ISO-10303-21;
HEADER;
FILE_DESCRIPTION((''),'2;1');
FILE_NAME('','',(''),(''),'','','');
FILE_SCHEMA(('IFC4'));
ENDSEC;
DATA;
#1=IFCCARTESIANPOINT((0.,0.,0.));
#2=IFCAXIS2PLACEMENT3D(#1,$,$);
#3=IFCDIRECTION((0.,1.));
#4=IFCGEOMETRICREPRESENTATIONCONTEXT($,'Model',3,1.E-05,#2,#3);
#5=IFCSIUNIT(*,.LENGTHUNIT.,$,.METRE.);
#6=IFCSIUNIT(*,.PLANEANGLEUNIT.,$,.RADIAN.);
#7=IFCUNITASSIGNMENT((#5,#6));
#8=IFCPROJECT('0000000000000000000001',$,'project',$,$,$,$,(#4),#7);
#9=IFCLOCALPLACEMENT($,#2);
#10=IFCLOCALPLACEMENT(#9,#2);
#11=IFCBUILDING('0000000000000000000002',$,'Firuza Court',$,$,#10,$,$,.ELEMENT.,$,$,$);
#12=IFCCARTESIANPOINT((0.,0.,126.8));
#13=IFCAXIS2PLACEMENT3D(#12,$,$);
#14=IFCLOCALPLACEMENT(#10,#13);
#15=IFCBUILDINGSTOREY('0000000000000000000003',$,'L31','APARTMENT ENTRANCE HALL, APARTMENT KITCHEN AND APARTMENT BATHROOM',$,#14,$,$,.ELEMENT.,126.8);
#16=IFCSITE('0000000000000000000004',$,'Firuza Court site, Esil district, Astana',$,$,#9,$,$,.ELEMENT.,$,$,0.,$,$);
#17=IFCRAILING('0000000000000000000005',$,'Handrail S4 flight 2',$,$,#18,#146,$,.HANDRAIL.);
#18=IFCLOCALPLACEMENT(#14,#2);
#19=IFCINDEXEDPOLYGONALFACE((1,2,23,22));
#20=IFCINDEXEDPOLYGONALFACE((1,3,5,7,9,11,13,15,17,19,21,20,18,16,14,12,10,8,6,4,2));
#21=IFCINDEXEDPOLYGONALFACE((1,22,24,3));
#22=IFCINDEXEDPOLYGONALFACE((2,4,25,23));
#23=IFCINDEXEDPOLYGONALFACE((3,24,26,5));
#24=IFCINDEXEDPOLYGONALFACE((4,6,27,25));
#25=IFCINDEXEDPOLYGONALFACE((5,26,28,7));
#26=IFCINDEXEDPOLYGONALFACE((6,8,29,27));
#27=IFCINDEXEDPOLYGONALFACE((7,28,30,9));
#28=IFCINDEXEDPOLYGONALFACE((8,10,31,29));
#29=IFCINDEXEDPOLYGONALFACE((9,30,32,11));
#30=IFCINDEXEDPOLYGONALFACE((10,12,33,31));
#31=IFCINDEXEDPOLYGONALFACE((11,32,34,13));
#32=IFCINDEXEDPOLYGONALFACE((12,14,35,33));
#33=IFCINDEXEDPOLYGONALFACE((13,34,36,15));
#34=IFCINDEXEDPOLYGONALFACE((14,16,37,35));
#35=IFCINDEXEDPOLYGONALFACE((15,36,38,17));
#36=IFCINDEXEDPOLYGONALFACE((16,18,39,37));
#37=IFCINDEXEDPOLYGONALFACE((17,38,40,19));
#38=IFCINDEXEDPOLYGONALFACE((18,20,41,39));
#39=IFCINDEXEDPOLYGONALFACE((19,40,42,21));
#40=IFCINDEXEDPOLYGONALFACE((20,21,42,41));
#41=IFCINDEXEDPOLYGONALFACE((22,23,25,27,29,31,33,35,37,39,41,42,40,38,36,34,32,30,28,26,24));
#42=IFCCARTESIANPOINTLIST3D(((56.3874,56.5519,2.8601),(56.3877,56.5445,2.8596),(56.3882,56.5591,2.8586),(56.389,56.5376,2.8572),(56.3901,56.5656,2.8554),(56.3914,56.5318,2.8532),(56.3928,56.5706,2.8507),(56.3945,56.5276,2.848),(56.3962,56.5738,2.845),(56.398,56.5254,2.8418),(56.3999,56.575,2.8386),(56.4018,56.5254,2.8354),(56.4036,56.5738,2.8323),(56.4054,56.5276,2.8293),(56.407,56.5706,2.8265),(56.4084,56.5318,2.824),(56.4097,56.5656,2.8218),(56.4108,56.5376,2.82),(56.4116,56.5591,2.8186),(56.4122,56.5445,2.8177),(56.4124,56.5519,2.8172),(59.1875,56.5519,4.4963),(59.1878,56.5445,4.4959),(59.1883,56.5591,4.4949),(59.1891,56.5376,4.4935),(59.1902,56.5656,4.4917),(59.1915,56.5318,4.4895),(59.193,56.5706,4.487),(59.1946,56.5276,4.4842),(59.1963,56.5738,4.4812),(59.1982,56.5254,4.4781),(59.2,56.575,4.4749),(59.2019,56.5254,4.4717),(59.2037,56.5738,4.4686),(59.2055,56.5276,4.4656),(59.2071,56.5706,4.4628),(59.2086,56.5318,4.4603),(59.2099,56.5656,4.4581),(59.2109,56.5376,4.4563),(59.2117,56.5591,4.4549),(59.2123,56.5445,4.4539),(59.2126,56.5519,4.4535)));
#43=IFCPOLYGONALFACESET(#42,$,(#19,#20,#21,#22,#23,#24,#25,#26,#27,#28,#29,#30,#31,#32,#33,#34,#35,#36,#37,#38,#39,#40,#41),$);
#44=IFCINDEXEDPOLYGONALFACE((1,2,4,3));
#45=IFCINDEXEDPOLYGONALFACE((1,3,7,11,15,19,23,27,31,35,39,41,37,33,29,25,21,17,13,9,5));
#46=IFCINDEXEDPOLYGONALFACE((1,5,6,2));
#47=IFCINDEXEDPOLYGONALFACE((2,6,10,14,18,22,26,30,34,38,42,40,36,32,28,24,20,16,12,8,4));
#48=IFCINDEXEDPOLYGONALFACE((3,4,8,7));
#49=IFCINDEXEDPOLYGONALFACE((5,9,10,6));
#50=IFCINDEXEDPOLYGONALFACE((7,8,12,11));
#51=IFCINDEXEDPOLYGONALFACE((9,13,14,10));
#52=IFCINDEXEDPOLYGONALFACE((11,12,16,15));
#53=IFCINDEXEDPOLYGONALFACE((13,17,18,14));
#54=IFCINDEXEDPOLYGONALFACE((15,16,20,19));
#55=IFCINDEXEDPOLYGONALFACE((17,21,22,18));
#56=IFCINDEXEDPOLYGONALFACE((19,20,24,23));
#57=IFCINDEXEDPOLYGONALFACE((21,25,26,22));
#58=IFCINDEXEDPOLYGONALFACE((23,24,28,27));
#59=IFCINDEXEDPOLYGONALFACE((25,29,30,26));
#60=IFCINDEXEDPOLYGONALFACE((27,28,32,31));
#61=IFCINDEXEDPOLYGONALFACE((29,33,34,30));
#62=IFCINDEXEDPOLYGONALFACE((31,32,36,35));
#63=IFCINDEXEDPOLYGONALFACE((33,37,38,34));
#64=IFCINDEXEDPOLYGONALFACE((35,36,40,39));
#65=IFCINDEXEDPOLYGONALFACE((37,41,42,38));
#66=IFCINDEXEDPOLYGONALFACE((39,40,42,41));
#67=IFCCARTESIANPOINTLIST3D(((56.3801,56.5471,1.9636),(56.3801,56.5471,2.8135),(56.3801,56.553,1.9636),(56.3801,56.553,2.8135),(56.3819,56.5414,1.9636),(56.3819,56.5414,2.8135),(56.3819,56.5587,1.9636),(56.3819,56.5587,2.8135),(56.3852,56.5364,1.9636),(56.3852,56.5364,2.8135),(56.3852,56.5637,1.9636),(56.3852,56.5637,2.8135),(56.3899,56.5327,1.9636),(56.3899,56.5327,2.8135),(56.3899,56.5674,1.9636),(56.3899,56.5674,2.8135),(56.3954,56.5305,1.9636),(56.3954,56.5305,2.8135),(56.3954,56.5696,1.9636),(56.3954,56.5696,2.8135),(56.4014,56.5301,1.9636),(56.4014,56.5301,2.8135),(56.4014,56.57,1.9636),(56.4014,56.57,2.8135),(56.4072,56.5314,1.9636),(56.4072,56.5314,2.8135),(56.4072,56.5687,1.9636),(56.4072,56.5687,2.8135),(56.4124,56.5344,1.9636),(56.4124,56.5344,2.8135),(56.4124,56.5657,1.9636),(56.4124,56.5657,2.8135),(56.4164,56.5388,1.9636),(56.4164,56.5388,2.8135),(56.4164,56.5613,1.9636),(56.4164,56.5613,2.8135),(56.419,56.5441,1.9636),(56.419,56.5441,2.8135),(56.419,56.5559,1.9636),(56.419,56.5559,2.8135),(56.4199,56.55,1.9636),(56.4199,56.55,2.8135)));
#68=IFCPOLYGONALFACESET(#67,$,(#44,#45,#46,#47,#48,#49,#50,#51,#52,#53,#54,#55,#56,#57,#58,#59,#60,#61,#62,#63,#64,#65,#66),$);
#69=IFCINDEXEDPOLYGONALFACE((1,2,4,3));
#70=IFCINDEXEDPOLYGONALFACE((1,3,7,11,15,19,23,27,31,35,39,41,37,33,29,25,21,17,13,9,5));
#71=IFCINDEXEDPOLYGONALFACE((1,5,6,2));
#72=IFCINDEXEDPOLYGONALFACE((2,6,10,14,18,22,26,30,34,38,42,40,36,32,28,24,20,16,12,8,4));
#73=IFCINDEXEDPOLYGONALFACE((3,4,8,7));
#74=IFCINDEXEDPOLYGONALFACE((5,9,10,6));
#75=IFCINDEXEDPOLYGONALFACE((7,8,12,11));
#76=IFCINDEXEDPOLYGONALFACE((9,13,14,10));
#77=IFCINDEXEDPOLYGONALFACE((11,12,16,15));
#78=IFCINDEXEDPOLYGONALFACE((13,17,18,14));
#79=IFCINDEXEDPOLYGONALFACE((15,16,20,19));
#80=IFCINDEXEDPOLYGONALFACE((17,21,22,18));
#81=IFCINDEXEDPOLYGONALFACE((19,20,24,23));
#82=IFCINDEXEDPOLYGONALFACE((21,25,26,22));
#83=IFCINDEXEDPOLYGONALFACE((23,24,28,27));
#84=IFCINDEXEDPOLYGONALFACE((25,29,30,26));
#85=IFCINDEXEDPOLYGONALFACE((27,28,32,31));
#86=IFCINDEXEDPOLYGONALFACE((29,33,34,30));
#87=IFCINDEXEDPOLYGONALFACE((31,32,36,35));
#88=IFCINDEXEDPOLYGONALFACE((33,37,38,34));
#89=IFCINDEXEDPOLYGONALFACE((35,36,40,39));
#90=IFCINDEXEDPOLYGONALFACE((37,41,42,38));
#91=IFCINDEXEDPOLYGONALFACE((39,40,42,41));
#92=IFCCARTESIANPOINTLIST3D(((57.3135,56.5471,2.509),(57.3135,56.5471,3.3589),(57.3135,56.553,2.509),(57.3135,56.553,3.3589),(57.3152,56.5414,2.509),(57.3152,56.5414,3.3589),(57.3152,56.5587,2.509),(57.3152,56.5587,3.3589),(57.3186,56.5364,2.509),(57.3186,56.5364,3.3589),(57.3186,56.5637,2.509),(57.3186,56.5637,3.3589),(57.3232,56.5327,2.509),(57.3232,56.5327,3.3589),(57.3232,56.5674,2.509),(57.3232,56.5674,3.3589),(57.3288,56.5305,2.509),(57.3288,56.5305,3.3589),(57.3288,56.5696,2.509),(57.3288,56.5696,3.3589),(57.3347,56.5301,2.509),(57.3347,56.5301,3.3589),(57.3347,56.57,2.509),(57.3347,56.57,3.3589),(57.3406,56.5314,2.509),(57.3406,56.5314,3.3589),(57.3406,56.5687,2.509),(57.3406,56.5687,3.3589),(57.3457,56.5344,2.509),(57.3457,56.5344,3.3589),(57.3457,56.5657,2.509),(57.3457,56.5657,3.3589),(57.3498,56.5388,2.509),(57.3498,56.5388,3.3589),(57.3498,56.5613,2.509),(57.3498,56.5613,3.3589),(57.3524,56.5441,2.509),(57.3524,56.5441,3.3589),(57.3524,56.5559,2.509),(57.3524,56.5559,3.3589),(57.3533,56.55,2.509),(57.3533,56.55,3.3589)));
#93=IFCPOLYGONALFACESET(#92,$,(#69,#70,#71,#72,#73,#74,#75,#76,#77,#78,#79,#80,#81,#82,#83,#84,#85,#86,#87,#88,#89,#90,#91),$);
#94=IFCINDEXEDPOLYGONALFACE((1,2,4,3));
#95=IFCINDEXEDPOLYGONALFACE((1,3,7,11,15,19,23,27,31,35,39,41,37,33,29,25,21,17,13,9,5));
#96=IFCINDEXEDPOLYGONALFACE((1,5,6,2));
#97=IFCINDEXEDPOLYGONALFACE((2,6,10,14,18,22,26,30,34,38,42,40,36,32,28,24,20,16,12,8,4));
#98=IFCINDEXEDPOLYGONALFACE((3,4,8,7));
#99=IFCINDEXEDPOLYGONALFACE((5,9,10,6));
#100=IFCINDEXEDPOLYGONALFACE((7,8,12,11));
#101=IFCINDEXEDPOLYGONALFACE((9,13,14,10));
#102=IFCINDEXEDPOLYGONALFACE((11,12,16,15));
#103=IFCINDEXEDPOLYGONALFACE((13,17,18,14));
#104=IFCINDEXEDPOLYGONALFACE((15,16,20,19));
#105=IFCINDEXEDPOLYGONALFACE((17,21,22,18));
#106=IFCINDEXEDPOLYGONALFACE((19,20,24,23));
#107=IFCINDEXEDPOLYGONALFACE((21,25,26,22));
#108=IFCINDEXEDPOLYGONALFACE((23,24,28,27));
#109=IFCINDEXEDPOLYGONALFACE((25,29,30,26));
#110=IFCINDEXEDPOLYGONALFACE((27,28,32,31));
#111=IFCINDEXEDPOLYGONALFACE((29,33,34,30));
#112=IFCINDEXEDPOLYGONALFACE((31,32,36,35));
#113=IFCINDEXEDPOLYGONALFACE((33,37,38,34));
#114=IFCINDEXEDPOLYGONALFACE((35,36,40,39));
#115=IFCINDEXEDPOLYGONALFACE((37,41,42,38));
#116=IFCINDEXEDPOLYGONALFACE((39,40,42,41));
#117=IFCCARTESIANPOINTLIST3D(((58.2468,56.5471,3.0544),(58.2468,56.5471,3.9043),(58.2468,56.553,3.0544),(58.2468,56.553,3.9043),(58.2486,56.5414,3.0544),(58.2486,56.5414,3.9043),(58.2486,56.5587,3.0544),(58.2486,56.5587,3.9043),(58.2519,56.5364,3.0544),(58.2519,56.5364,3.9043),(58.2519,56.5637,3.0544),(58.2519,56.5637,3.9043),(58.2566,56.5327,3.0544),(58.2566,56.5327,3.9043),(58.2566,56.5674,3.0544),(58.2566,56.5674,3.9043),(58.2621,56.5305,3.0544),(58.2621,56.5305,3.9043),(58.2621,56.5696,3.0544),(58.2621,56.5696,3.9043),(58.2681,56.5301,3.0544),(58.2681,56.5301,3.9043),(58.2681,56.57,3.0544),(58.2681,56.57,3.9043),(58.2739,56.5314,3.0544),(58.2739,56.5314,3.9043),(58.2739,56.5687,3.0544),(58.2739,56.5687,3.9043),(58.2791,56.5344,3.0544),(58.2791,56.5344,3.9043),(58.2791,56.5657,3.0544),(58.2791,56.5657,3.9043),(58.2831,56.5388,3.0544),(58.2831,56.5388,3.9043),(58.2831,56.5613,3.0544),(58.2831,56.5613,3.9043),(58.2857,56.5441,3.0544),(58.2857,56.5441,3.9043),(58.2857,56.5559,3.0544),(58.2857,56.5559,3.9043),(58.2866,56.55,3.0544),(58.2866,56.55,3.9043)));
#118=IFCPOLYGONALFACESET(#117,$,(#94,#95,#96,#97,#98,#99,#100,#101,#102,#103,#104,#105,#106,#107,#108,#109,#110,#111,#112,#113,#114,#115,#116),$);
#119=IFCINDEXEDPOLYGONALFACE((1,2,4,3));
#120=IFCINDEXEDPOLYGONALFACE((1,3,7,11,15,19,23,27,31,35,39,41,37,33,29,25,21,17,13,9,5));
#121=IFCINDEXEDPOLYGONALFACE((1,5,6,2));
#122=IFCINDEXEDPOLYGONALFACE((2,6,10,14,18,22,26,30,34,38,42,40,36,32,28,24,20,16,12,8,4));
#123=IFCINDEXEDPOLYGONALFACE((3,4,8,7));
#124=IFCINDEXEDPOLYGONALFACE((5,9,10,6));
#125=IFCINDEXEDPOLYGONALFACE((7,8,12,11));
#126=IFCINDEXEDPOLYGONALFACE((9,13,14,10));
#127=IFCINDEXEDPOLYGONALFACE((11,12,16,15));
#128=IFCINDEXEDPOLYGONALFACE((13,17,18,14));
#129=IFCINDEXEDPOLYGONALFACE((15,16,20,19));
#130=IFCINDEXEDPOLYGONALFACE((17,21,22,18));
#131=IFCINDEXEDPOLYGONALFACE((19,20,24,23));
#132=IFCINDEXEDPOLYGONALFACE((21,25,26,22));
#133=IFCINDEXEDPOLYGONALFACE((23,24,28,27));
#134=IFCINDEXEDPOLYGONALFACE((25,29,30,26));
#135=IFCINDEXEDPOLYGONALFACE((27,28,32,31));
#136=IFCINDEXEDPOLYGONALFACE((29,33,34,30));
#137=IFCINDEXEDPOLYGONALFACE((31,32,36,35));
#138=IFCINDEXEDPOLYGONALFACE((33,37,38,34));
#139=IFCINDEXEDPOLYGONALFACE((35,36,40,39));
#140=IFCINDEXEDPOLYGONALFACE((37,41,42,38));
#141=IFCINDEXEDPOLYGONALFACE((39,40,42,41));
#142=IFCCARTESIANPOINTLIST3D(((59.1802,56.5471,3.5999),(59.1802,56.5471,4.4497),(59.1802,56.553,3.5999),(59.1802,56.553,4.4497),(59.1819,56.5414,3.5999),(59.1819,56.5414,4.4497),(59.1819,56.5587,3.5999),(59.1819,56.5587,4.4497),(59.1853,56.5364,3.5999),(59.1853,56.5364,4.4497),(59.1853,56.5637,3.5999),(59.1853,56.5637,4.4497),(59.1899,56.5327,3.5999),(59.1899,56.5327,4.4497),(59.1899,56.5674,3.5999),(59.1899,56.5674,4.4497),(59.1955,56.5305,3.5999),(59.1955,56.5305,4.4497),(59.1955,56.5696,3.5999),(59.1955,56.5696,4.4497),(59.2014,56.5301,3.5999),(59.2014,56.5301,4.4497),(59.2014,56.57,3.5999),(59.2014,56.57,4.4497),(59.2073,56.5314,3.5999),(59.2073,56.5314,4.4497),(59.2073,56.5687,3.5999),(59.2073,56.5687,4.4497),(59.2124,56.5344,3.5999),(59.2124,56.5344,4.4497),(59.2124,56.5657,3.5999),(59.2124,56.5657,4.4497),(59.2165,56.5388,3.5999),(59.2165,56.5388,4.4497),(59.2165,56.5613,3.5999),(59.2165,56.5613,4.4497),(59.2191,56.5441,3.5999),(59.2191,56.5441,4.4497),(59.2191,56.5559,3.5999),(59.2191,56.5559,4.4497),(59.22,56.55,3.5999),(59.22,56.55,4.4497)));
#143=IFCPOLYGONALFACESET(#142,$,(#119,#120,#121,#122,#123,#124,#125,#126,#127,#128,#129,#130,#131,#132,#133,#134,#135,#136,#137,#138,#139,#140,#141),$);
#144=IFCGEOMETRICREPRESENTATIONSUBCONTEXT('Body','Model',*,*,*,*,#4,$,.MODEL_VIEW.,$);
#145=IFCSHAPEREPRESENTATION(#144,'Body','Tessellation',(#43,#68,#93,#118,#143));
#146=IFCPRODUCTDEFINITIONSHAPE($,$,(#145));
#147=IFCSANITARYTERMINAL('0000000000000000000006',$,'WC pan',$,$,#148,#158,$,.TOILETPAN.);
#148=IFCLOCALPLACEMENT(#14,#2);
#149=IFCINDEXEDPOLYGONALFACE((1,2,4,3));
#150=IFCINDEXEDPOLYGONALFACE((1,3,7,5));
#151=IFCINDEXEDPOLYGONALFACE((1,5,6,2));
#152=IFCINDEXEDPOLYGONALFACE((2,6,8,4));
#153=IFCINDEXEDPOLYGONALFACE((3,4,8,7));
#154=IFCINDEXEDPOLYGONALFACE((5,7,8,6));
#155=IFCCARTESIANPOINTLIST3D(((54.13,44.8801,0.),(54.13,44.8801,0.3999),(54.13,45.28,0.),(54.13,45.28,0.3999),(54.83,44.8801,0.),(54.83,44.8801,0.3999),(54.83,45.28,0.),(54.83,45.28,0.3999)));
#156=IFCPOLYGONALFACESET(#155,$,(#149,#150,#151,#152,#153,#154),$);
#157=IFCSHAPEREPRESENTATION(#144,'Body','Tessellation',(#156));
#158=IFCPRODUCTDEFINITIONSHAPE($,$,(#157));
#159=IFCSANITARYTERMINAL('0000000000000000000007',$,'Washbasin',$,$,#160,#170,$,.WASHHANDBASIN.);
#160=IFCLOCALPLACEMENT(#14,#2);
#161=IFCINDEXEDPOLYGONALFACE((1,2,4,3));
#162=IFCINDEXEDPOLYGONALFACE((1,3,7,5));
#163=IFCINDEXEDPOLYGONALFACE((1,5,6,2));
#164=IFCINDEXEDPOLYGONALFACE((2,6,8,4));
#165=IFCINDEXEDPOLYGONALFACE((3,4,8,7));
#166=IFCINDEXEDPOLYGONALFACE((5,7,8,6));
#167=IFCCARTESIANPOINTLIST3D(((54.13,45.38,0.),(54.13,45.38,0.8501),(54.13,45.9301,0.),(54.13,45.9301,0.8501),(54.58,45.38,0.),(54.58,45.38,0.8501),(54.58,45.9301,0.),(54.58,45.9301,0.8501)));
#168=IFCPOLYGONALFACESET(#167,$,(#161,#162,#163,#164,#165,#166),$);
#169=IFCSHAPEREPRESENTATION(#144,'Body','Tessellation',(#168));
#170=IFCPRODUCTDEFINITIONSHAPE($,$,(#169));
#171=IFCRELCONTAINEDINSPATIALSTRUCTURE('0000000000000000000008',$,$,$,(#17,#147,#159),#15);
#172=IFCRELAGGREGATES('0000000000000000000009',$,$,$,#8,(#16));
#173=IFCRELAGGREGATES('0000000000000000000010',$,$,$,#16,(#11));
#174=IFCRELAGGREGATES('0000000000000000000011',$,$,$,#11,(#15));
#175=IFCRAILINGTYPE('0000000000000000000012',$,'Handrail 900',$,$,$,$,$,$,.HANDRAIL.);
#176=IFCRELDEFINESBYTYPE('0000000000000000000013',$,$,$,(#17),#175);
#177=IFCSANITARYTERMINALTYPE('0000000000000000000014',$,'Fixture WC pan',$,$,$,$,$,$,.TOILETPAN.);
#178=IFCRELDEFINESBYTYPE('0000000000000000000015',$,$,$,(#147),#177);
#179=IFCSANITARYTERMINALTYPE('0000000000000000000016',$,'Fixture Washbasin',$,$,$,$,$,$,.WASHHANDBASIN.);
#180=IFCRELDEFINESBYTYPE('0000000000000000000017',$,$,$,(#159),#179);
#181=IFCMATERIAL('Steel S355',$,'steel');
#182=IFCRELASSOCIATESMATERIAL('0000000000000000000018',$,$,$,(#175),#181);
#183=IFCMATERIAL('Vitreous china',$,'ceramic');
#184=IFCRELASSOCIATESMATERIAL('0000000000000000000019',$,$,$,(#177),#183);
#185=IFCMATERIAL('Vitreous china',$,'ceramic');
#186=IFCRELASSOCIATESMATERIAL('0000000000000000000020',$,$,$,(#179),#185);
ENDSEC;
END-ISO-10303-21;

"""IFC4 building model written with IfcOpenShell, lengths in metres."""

from ifc_helpers import new_model, si_unit, direction, frame, origin, origin_2d, place, context, subcontext, project, spatial, rectangle, circle, extrude, material, type_object, element, save


model = new_model("IFC4")

# Units and contexts
model_context = context("Model", 3, precision=1e-05, world=origin(), true_north=direction((0.0, 1.0)))
body_context = subcontext(model_context, "Body", "Model", "MODEL_VIEW")
ifc_project = project(units=[si_unit("LENGTHUNIT", "METRE"), si_unit("PLANEANGLEUNIT", "RADIAN")], contexts=[model_context])

# Site, building, storey
site_placement = place(None, origin())
site = spatial("IfcSite", under=ifc_project, at=site_placement, Name="Firuza Court site, Esil district, Astana", CompositionType="ELEMENT", RefElevation=0.0)
building_placement = place(site_placement, origin())
building = spatial("IfcBuilding", under=site, at=building_placement, Name="Firuza Court", CompositionType="ELEMENT")
storey_placement = place(building_placement, frame((0.0, 0.0, 126.8)))
storey = spatial("IfcBuildingStorey", under=building, at=storey_placement, Name="L31", Description="APARTMENT ENTRANCE HALL, APARTMENT KITCHEN AND APARTMENT BATHROOM", CompositionType="ELEMENT", Elevation=126.8)

# Railing
ifc_material_1 = material(Name="Steel S355", Category="steel")
railing_type_1 = type_object("IfcRailingType", Name="Handrail 900", PredefinedType="HANDRAIL", material=ifc_material_1)
railing_1_placement = place(storey_placement, frame((56.3999, 56.55, 1.9636)))
element("IfcRailing", 1, at=railing_1_placement, inside=storey, type_object=railing_type_1, Name="Handrail S4 flight 2", PredefinedType="HANDRAIL", context=body_context, shape_type="SweptSolid", body=[
    extrude(circle(Radius=0.0249, at=origin_2d()), frame((0.0, 0.0, 0.875), z_axis=(0.863394, 0.0, 0.504531), x_axis=(0.0, 1.0, 0.0)), (0.0, 0.0, 1.0), 3.2432),
    extrude(circle(Radius=0.02, at=origin_2d()), origin(), (0.0, 0.0, 1.0), 0.8499),
    extrude(circle(Radius=0.02, at=origin_2d()), frame((0.9333, 0.0, 0.5454)), (0.0, 0.0, 1.0), 0.8499),
    extrude(circle(Radius=0.02, at=origin_2d()), frame((1.8667, 0.0, 1.0908)), (0.0, 0.0, 1.0), 0.8499),
    extrude(circle(Radius=0.02, at=origin_2d()), frame((2.8, 0.0, 1.6362)), (0.0, 0.0, 1.0), 0.8499),
])

# Sanitary terminals
ifc_material_2 = material(Name="Vitreous china", Category="ceramic")
sanitary_terminal_type_1 = type_object("IfcSanitaryTerminalType", Name="Fixture WC pan", PredefinedType="TOILETPAN", material=ifc_material_2)
sanitary_terminal_1_placement = place(storey_placement, frame((54.48, 45.0801, 0.0), z_axis=(0.0, 0.0, 1.0), x_axis=(1.0, 0.0, 0.0)))
element("IfcSanitaryTerminal", 2, at=sanitary_terminal_1_placement, inside=storey, type_object=sanitary_terminal_type_1, Name="WC pan", PredefinedType="TOILETPAN", context=body_context, shape_type="SweptSolid", body=[
    extrude(rectangle(XDim=0.7, YDim=0.3999, at=origin_2d()), origin(), (0.0, 0.0, 1.0), 0.3999),
])
ifc_material_3 = material(Name="Vitreous china", Category="ceramic")
sanitary_terminal_type_2 = type_object("IfcSanitaryTerminalType", Name="Fixture Washbasin", PredefinedType="WASHHANDBASIN", material=ifc_material_3)
sanitary_terminal_2_placement = place(storey_placement, frame((54.355, 45.655, 0.0), z_axis=(0.0, 0.0, 1.0), x_axis=(1.0, 0.0, 0.0)))
element("IfcSanitaryTerminal", 3, at=sanitary_terminal_2_placement, inside=storey, type_object=sanitary_terminal_type_2, Name="Washbasin", PredefinedType="WASHHANDBASIN", context=body_context, shape_type="SweptSolid", body=[
    extrude(rectangle(XDim=0.45, YDim=0.55, at=origin_2d()), origin(), (0.0, 0.0, 1.0), 0.8501),
])

save(model, "model.ifc")
